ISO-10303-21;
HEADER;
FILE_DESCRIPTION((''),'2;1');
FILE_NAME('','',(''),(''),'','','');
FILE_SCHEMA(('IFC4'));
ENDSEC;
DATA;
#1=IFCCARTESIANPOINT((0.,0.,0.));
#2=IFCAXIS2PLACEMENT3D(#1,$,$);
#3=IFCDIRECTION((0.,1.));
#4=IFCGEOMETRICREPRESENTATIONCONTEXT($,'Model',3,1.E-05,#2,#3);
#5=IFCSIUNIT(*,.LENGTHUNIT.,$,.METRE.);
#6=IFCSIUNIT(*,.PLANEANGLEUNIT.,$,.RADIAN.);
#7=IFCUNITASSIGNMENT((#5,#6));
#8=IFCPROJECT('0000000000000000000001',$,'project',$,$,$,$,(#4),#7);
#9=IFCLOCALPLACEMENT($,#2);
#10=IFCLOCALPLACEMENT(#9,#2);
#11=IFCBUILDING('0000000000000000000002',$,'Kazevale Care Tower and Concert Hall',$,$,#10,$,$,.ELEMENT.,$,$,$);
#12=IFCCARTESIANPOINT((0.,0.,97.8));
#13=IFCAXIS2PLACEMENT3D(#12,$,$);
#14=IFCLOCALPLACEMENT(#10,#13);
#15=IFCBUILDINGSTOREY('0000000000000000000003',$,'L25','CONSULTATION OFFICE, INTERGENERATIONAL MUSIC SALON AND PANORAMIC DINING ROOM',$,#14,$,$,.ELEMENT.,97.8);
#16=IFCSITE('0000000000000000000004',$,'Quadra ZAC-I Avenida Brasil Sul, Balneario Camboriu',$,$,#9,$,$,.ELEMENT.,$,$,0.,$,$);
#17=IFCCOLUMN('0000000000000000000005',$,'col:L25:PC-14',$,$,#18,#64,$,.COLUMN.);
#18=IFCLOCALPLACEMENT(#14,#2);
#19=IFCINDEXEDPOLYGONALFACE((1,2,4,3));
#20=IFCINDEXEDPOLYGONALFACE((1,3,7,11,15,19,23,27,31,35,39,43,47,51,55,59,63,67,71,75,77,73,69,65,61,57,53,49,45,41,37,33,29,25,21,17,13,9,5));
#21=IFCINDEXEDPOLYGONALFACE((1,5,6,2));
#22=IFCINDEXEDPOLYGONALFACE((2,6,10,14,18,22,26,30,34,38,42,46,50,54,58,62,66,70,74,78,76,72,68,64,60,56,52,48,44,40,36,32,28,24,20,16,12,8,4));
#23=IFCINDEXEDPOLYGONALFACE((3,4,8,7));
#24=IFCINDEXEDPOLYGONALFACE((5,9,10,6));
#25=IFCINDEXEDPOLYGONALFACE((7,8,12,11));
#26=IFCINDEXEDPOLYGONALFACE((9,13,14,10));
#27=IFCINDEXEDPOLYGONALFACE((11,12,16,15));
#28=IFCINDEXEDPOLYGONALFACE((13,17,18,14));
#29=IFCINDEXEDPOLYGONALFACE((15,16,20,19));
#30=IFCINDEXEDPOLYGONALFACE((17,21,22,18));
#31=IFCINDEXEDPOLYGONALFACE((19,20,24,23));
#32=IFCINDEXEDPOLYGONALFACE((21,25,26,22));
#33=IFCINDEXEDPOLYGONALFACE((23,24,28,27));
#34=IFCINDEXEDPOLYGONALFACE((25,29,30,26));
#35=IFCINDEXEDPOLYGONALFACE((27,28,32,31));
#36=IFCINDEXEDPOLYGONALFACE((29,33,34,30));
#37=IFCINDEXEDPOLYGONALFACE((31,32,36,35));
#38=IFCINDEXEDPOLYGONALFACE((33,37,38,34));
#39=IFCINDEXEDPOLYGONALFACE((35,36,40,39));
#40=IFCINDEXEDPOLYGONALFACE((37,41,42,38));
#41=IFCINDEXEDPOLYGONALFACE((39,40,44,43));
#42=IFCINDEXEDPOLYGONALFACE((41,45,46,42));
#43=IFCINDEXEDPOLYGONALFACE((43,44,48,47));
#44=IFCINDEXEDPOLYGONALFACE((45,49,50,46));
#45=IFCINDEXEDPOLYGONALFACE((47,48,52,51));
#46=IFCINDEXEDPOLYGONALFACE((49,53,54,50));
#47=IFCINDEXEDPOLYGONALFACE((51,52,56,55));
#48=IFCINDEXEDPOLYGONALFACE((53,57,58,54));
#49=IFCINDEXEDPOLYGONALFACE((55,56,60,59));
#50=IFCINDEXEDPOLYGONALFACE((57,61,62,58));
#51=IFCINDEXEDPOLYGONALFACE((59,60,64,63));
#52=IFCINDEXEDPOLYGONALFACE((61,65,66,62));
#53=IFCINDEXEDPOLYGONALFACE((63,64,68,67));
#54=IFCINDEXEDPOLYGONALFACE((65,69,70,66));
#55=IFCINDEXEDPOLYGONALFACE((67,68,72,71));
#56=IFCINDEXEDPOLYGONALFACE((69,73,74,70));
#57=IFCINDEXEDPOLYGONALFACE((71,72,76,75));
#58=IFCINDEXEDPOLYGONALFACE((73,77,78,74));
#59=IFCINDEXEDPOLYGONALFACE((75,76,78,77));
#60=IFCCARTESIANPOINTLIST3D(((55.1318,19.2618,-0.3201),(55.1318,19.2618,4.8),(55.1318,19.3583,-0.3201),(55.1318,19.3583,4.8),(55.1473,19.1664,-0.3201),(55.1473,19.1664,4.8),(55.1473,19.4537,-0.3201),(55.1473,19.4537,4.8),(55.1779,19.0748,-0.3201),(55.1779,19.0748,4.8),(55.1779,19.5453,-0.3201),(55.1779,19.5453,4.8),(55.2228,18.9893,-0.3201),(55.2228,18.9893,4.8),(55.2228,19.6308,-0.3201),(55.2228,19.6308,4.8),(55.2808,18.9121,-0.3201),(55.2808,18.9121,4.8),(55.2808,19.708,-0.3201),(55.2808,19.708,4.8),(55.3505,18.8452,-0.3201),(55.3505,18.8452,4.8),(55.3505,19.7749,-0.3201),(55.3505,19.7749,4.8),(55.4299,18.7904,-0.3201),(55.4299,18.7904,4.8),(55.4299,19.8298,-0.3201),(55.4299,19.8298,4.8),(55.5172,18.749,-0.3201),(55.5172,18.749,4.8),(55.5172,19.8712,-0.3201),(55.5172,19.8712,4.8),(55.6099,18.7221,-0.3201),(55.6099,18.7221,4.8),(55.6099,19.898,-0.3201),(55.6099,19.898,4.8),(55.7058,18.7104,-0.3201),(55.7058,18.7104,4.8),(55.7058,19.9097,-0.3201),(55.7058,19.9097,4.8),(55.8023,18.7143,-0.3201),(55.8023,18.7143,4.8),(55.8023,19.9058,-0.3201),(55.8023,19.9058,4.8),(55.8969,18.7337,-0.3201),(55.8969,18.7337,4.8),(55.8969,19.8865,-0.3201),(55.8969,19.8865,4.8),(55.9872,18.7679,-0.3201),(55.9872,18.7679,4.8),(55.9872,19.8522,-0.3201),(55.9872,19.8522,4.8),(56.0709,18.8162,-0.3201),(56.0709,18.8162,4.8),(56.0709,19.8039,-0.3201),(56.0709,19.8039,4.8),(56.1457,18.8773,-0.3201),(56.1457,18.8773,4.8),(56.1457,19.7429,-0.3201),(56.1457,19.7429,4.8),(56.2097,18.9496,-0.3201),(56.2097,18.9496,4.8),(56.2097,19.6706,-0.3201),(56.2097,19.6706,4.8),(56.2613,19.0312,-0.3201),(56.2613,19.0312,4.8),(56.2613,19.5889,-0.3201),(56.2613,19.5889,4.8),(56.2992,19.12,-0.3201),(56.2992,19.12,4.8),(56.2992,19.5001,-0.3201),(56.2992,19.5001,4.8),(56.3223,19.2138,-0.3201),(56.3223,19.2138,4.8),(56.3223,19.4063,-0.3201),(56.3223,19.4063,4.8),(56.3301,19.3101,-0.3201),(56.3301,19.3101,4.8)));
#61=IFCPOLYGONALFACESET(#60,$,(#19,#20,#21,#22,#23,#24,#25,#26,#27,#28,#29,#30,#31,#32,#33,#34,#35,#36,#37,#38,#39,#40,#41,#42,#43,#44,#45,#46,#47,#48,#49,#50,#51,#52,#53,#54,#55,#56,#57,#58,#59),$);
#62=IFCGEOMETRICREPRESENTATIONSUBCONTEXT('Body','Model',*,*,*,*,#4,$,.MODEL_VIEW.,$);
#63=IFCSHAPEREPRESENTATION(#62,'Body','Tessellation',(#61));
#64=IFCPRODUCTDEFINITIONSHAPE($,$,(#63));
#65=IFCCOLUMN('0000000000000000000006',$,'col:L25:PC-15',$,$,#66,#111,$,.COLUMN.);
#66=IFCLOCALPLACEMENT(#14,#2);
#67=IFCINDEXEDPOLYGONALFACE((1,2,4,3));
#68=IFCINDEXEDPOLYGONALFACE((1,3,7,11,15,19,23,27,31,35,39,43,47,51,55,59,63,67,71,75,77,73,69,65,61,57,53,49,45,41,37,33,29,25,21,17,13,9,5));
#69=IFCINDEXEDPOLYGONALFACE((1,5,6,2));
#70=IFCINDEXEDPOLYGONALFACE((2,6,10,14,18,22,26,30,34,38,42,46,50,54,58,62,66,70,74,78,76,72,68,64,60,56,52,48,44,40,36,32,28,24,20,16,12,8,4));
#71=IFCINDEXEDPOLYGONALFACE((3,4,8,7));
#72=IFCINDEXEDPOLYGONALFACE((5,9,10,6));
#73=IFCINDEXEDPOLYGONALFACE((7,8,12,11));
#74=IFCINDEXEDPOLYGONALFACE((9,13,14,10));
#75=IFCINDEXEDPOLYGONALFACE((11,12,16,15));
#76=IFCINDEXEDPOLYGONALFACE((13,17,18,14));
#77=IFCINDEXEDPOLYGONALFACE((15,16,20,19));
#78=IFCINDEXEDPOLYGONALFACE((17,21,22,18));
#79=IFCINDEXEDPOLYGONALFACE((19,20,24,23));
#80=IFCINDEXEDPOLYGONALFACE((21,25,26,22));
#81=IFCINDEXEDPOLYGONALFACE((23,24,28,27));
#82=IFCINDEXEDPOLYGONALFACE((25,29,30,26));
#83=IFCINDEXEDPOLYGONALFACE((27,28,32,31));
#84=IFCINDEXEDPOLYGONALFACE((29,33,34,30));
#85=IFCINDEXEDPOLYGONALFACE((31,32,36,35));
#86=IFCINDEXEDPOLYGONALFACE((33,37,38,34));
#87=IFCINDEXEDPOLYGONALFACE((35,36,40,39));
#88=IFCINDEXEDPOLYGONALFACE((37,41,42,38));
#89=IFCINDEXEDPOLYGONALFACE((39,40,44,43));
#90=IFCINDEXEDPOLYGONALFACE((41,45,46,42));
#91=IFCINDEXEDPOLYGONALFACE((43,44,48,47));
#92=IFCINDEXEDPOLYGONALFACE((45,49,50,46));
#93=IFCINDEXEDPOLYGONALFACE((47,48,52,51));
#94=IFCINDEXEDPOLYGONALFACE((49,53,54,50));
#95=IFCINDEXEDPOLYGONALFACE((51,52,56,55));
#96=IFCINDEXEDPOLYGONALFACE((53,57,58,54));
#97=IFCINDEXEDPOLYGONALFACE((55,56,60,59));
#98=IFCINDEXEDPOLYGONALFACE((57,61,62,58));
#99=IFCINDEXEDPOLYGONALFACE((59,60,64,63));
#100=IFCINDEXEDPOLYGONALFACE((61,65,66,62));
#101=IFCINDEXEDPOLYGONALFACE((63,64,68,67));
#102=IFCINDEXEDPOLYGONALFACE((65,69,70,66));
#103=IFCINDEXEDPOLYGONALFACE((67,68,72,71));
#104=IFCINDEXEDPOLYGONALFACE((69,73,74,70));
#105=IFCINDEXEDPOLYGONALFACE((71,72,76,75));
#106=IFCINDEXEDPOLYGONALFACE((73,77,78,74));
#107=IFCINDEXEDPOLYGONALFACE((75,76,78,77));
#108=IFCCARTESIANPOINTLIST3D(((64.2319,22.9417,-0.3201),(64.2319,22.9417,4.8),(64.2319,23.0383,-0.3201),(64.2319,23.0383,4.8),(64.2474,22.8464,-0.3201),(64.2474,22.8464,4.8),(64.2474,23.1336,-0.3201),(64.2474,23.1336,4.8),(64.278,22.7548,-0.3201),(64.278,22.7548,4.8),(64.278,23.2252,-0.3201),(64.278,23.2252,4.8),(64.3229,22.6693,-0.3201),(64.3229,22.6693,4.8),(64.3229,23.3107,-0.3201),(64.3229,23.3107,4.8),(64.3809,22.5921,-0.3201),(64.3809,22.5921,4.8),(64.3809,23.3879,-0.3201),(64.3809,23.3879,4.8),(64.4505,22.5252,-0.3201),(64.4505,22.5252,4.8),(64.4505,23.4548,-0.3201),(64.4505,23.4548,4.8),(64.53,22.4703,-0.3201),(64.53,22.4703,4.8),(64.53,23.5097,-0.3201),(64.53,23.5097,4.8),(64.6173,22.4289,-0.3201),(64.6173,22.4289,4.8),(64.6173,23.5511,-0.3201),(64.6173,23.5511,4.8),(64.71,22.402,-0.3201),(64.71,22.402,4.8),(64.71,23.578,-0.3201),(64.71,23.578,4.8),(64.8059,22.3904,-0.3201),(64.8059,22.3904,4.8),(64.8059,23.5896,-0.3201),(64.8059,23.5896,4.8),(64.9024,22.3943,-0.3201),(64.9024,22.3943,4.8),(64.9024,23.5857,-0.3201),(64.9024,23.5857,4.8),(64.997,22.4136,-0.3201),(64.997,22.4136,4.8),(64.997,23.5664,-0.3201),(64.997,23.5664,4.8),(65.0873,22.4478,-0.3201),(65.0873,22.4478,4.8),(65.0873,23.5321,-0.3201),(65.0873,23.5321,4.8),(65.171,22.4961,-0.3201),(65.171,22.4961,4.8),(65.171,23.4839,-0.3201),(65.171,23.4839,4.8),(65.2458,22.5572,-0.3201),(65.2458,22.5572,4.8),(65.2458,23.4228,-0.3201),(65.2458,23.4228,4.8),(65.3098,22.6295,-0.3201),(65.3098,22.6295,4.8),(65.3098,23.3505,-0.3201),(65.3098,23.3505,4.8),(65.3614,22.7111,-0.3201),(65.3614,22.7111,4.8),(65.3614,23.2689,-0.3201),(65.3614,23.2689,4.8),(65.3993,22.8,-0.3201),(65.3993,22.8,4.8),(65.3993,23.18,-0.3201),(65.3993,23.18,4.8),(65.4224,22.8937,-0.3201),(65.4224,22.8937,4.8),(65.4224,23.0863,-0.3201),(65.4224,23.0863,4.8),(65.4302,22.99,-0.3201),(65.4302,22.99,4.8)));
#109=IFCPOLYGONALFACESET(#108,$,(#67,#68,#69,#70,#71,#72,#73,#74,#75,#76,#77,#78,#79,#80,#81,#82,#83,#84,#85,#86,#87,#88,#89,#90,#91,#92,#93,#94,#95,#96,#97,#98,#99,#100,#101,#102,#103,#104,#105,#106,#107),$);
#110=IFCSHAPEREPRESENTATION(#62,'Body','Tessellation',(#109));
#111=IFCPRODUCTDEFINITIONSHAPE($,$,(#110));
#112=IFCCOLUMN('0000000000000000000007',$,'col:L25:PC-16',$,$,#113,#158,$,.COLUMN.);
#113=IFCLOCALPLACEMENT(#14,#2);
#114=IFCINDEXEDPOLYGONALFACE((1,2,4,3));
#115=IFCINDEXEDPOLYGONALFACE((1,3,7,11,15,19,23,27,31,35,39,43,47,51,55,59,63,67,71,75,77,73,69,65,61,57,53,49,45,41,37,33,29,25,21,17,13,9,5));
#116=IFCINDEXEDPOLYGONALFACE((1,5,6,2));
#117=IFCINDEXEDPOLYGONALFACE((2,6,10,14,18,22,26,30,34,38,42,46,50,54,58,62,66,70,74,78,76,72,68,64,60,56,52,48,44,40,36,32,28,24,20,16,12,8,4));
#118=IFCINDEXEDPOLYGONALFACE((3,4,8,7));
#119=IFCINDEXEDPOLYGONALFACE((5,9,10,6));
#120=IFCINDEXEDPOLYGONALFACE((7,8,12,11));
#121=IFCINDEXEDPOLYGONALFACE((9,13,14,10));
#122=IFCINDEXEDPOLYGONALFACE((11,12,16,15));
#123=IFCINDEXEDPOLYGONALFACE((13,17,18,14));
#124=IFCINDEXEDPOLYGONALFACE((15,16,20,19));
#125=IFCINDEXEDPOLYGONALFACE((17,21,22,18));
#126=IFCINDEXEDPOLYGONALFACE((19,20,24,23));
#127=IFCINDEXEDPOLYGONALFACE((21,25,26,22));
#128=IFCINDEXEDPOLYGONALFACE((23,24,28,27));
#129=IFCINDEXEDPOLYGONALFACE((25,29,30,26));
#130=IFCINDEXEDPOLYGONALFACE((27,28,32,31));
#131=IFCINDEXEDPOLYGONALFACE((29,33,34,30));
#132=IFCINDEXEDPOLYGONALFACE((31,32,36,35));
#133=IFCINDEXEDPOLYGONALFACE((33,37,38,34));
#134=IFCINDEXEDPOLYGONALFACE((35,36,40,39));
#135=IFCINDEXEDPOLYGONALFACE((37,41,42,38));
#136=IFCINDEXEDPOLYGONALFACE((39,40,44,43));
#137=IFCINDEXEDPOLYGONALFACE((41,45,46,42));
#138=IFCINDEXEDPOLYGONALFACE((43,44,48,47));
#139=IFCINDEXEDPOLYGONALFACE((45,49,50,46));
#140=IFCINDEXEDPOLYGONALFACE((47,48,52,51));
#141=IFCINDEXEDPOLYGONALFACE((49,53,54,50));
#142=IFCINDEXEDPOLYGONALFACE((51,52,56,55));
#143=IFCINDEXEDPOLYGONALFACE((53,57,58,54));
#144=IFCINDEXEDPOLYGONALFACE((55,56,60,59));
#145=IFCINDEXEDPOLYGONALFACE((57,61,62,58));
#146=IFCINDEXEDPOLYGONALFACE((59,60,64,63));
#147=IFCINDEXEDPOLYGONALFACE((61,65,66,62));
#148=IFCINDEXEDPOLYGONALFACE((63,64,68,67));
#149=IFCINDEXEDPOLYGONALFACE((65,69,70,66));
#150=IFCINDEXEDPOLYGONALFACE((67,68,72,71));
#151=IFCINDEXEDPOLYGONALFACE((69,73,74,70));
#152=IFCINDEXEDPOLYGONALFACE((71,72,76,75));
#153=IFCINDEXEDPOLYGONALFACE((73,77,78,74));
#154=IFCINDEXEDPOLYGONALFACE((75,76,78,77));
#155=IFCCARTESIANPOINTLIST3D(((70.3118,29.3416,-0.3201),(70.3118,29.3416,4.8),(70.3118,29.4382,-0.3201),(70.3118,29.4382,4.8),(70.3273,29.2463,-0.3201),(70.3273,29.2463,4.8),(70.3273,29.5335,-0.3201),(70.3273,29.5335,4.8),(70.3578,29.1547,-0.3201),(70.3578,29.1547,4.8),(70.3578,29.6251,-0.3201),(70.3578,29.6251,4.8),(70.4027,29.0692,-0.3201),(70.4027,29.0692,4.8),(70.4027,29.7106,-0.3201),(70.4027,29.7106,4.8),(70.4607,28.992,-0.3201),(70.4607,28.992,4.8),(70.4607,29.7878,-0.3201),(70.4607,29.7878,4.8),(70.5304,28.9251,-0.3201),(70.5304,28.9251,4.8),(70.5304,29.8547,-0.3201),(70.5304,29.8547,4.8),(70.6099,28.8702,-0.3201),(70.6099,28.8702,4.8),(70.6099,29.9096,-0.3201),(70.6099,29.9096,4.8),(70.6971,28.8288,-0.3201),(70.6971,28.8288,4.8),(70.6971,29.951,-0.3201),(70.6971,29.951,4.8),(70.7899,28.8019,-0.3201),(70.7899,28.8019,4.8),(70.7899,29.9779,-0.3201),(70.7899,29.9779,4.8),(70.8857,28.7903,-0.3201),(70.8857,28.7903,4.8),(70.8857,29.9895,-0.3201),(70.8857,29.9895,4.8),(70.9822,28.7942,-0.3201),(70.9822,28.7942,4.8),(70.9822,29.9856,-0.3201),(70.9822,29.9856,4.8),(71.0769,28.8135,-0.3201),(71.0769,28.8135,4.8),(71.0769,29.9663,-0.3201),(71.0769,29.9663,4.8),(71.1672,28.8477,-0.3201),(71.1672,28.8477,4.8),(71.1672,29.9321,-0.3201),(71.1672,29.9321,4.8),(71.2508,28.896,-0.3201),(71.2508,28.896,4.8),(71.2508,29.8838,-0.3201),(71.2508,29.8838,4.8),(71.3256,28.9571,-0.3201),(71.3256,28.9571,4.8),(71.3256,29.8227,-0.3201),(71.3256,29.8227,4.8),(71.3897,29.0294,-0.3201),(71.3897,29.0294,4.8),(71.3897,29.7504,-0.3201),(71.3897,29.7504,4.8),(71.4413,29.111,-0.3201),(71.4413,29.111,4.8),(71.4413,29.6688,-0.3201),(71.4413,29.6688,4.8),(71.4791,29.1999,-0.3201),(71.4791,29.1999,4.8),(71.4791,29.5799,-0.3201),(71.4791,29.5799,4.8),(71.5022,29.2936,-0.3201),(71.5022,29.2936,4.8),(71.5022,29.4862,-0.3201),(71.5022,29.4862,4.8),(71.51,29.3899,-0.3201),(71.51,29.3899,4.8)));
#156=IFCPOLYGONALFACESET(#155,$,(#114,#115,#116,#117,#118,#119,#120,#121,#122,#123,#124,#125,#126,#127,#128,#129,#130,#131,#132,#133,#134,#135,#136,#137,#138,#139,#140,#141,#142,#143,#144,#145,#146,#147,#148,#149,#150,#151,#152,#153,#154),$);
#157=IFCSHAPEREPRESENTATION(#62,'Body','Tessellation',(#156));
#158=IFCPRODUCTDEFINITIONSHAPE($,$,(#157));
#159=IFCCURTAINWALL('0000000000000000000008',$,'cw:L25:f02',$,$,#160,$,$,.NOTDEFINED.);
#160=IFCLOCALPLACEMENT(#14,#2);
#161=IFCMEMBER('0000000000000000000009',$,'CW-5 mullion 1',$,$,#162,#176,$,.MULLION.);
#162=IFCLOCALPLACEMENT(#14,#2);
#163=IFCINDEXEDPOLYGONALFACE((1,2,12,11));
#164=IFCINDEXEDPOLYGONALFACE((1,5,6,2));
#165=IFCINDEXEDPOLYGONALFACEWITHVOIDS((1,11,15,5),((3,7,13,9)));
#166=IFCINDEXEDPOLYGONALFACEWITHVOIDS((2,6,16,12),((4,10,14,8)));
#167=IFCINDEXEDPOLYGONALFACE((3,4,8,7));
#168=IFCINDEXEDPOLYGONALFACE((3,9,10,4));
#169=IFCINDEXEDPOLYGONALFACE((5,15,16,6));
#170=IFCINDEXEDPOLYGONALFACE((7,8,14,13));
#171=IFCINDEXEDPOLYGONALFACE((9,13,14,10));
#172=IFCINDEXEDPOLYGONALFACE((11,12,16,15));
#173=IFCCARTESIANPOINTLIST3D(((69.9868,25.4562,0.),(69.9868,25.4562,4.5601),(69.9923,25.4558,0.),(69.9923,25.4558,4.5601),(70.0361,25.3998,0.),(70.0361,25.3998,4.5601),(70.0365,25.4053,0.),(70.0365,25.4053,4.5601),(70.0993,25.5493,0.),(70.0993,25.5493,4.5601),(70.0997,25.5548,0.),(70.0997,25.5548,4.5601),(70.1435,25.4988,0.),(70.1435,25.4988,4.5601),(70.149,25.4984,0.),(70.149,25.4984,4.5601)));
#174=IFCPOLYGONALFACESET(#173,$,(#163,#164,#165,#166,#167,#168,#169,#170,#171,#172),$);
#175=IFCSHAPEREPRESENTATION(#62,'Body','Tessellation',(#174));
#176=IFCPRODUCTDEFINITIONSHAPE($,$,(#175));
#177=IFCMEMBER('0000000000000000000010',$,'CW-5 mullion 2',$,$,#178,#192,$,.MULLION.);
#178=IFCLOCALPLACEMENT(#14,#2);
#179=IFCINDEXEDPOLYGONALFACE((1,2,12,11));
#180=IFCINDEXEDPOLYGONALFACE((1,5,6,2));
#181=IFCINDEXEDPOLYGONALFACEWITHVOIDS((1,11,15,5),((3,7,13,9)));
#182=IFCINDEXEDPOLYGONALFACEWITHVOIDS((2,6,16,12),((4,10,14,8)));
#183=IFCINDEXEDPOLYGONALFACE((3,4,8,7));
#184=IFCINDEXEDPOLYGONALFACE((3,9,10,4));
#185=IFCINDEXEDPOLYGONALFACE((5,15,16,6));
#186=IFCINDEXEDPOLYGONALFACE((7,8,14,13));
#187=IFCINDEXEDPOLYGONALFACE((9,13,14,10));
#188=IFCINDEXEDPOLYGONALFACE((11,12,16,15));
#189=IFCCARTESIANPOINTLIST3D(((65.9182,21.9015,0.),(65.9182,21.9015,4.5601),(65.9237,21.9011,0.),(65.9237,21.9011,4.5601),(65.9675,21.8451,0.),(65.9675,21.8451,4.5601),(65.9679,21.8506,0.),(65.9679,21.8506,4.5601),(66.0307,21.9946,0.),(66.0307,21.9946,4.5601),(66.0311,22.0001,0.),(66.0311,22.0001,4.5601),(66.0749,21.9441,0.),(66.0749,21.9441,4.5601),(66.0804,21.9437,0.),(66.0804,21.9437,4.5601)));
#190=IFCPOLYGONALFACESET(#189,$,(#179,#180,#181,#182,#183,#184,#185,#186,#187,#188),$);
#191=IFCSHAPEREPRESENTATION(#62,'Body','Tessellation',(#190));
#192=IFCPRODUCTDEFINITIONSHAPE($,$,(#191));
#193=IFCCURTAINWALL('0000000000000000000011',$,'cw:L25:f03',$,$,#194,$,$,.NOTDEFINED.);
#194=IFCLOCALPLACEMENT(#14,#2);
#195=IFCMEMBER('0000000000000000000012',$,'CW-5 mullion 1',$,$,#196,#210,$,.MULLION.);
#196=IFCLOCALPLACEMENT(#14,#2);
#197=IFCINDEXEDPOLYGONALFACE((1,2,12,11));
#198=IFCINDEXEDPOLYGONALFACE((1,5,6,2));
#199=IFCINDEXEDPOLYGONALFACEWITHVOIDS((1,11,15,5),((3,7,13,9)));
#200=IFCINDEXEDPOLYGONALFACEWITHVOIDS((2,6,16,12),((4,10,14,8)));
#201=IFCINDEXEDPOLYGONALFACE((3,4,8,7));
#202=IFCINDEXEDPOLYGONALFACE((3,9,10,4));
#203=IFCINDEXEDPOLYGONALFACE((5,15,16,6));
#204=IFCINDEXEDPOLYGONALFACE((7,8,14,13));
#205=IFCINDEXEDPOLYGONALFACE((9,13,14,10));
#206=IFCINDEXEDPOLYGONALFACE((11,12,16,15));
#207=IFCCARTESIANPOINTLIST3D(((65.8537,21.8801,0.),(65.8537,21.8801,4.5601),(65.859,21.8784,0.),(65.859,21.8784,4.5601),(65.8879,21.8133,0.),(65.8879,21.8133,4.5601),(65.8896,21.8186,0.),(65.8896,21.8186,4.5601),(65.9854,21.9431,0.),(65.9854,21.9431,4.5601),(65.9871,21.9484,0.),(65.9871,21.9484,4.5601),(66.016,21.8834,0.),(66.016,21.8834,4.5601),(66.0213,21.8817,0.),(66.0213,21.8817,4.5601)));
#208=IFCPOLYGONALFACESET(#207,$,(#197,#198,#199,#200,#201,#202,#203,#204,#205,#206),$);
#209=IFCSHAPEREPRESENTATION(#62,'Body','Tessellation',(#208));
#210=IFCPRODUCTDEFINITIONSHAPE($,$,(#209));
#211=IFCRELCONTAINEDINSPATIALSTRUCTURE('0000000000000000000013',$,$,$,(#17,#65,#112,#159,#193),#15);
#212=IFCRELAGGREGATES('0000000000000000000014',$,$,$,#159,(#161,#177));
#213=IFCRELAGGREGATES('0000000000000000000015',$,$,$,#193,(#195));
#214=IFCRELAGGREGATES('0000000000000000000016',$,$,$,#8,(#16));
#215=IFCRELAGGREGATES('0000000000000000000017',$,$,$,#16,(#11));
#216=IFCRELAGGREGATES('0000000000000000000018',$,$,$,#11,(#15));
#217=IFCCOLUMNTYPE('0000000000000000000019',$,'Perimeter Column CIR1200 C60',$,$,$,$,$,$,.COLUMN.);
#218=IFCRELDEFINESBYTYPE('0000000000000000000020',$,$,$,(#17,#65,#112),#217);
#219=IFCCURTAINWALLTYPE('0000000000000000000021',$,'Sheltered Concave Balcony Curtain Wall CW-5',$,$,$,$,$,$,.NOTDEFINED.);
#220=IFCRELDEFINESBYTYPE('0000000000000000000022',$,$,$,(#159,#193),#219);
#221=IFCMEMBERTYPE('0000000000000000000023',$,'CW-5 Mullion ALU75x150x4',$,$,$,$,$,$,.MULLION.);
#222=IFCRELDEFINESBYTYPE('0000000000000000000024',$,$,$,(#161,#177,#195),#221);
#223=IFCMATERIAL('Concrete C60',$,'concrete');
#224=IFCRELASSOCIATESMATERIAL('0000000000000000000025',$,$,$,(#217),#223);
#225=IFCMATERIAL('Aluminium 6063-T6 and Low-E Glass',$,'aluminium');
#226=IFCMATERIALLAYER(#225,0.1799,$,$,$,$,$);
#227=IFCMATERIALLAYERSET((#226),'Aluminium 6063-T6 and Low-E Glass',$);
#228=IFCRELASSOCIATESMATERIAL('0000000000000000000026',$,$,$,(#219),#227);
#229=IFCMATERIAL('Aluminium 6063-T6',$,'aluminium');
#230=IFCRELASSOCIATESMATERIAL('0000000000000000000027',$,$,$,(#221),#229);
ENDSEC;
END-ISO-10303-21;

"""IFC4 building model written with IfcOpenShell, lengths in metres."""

from ifc_helpers import new_model, si_unit, direction, frame, origin, origin_2d, place, context, subcontext, project, spatial, hollow_rectangle, circle, extrude, material, layer, layer_set, material_profile, profile_set, type_object, element, aggregate, save


model = new_model("IFC4")

# Units and contexts
model_context = context("Model", 3, precision=1e-05, world=origin(), true_north=direction((0.0, 1.0)))
body_context = subcontext(model_context, "Body", "Model", "MODEL_VIEW")
ifc_project = project(units=[si_unit("LENGTHUNIT", "METRE"), si_unit("PLANEANGLEUNIT", "RADIAN")], contexts=[model_context])

# Site, building, storey
site_placement = place(None, origin())
site = spatial("IfcSite", under=ifc_project, at=site_placement, Name="Quadra ZAC-I Avenida Brasil Sul, Balneario Camboriu", CompositionType="ELEMENT", RefElevation=0.0)
building_placement = place(site_placement, origin())
building = spatial("IfcBuilding", under=site, at=building_placement, Name="Kazevale Care Tower and Concert Hall", CompositionType="ELEMENT")
storey_placement = place(building_placement, frame((0.0, 0.0, 97.8)))
storey = spatial("IfcBuildingStorey", under=building, at=storey_placement, Name="L25", Description="CONSULTATION OFFICE, INTERGENERATIONAL MUSIC SALON AND PANORAMIC DINING ROOM", CompositionType="ELEMENT", Elevation=97.8)

# Columns
ifc_material_1 = material(Name="Concrete C60", Category="concrete")
ifc_material_profile_1 = material_profile(ifc_material_1, circle(Radius=0.6001, at=origin_2d()), Name="RC-CIR1200")
ifc_profile_set_1 = profile_set([ifc_material_profile_1], Name="Concrete C60")
column_type = type_object("IfcColumnType", Name="Perimeter Column CIR1200 C60", PredefinedType="COLUMN", material=ifc_profile_set_1)
for number, where, z_axis, x_axis, name in (
    (1, (55.73, 19.3101, -0.3201), (0.0, 0.0, 1.0), (1.0, 0.0, 0.0), "col:L25:PC-14"),
    (2, (64.8301, 22.99, -0.3201), (0.0, 0.0, 1.0), (1.0, 0.0, 0.0), "col:L25:PC-15"),
    (3, (70.9099, 29.3899, -0.3201), (0.0, 0.0, 1.0), (1.0, 0.0, 0.0), "col:L25:PC-16"),
):
    element("IfcColumn", number, at=place(storey_placement, frame(where, z_axis=z_axis, x_axis=x_axis)), inside=storey, type_object=column_type, Name=name, PredefinedType="COLUMN", context=body_context, shape_type="SweptSolid", body=[
        extrude(circle(Radius=0.6001, at=origin_2d()), origin(), (0.0, 0.0, 1.0), 5.1201),
    ])

# Curtain walls, members
ifc_material_2 = material(Name="Aluminium 6063-T6 and Low-E Glass", Category="aluminium")
ifc_layer_1 = layer(ifc_material_2, 0.1799)
ifc_layer_set_1 = layer_set([ifc_layer_1], Name="Aluminium 6063-T6 and Low-E Glass")
curtain_wall_type = type_object("IfcCurtainWallType", Name="Sheltered Concave Balcony Curtain Wall CW-5", PredefinedType="NOTDEFINED", material=ifc_layer_set_1)
curtain_wall_1_placement = place(storey_placement, origin())
curtain_wall_1 = element("IfcCurtainWall", 4, at=curtain_wall_1_placement, inside=storey, type_object=curtain_wall_type, Name="cw:L25:f02", PredefinedType="NOTDEFINED")
ifc_material_3 = material(Name="Aluminium 6063-T6", Category="aluminium")
ifc_material_profile_2 = material_profile(ifc_material_3, hollow_rectangle(XDim=0.075, YDim=0.1499, WallThickness=0.0039, at=origin_2d()), Name="ALU75x150x4")
ifc_profile_set_2 = profile_set([ifc_material_profile_2], Name="Aluminium 6063-T6")
member_type_1 = type_object("IfcMemberType", Name="CW-5 Mullion ALU75x150x4", PredefinedType="MULLION", material=ifc_profile_set_2)
member_1_placement = place(storey_placement, frame((70.0679, 25.4773, 0.0), z_axis=(0.0, 0.0, 1.0), x_axis=(0.657949, -0.753063, 0.0)))
member_1 = element("IfcMember", 5, at=member_1_placement, type_object=member_type_1, Name="CW-5 mullion 1", PredefinedType="MULLION", context=body_context, shape_type="SweptSolid", body=[
    extrude(hollow_rectangle(XDim=0.075, YDim=0.1499, WallThickness=0.0039, at=origin_2d()), origin(), (0.0, 0.0, 1.0), 4.5601),
])
member_2_placement = place(storey_placement, frame((65.9993, 21.9226, 0.0), z_axis=(0.0, 0.0, 1.0), x_axis=(0.657949, -0.753063, 0.0)))
member_2 = element("IfcMember", 6, at=member_2_placement, type_object=member_type_1, Name="CW-5 mullion 2", PredefinedType="MULLION", context=body_context, shape_type="SweptSolid", body=[
    extrude(hollow_rectangle(XDim=0.075, YDim=0.1499, WallThickness=0.0039, at=origin_2d()), origin(), (0.0, 0.0, 1.0), 4.5601),
])
curtain_wall_2_placement = place(storey_placement, origin())
curtain_wall_2 = element("IfcCurtainWall", 7, at=curtain_wall_2_placement, inside=storey, type_object=curtain_wall_type, Name="cw:L25:f03", PredefinedType="NOTDEFINED")
member_3_placement = place(storey_placement, frame((65.9375, 21.8809, 0.0), z_axis=(0.0, 0.0, 1.0), x_axis=(0.455713, -0.890127, 0.0)))
member_3 = element("IfcMember", 8, at=member_3_placement, type_object=member_type_1, Name="CW-5 mullion 1", PredefinedType="MULLION", context=body_context, shape_type="SweptSolid", body=[
    extrude(hollow_rectangle(XDim=0.075, YDim=0.1499, WallThickness=0.0039, at=origin_2d()), origin(), (0.0, 0.0, 1.0), 4.5601),
])

aggregate(curtain_wall_1, [member_1, member_2])
aggregate(curtain_wall_2, [member_3])

save(model, "model.ifc")
